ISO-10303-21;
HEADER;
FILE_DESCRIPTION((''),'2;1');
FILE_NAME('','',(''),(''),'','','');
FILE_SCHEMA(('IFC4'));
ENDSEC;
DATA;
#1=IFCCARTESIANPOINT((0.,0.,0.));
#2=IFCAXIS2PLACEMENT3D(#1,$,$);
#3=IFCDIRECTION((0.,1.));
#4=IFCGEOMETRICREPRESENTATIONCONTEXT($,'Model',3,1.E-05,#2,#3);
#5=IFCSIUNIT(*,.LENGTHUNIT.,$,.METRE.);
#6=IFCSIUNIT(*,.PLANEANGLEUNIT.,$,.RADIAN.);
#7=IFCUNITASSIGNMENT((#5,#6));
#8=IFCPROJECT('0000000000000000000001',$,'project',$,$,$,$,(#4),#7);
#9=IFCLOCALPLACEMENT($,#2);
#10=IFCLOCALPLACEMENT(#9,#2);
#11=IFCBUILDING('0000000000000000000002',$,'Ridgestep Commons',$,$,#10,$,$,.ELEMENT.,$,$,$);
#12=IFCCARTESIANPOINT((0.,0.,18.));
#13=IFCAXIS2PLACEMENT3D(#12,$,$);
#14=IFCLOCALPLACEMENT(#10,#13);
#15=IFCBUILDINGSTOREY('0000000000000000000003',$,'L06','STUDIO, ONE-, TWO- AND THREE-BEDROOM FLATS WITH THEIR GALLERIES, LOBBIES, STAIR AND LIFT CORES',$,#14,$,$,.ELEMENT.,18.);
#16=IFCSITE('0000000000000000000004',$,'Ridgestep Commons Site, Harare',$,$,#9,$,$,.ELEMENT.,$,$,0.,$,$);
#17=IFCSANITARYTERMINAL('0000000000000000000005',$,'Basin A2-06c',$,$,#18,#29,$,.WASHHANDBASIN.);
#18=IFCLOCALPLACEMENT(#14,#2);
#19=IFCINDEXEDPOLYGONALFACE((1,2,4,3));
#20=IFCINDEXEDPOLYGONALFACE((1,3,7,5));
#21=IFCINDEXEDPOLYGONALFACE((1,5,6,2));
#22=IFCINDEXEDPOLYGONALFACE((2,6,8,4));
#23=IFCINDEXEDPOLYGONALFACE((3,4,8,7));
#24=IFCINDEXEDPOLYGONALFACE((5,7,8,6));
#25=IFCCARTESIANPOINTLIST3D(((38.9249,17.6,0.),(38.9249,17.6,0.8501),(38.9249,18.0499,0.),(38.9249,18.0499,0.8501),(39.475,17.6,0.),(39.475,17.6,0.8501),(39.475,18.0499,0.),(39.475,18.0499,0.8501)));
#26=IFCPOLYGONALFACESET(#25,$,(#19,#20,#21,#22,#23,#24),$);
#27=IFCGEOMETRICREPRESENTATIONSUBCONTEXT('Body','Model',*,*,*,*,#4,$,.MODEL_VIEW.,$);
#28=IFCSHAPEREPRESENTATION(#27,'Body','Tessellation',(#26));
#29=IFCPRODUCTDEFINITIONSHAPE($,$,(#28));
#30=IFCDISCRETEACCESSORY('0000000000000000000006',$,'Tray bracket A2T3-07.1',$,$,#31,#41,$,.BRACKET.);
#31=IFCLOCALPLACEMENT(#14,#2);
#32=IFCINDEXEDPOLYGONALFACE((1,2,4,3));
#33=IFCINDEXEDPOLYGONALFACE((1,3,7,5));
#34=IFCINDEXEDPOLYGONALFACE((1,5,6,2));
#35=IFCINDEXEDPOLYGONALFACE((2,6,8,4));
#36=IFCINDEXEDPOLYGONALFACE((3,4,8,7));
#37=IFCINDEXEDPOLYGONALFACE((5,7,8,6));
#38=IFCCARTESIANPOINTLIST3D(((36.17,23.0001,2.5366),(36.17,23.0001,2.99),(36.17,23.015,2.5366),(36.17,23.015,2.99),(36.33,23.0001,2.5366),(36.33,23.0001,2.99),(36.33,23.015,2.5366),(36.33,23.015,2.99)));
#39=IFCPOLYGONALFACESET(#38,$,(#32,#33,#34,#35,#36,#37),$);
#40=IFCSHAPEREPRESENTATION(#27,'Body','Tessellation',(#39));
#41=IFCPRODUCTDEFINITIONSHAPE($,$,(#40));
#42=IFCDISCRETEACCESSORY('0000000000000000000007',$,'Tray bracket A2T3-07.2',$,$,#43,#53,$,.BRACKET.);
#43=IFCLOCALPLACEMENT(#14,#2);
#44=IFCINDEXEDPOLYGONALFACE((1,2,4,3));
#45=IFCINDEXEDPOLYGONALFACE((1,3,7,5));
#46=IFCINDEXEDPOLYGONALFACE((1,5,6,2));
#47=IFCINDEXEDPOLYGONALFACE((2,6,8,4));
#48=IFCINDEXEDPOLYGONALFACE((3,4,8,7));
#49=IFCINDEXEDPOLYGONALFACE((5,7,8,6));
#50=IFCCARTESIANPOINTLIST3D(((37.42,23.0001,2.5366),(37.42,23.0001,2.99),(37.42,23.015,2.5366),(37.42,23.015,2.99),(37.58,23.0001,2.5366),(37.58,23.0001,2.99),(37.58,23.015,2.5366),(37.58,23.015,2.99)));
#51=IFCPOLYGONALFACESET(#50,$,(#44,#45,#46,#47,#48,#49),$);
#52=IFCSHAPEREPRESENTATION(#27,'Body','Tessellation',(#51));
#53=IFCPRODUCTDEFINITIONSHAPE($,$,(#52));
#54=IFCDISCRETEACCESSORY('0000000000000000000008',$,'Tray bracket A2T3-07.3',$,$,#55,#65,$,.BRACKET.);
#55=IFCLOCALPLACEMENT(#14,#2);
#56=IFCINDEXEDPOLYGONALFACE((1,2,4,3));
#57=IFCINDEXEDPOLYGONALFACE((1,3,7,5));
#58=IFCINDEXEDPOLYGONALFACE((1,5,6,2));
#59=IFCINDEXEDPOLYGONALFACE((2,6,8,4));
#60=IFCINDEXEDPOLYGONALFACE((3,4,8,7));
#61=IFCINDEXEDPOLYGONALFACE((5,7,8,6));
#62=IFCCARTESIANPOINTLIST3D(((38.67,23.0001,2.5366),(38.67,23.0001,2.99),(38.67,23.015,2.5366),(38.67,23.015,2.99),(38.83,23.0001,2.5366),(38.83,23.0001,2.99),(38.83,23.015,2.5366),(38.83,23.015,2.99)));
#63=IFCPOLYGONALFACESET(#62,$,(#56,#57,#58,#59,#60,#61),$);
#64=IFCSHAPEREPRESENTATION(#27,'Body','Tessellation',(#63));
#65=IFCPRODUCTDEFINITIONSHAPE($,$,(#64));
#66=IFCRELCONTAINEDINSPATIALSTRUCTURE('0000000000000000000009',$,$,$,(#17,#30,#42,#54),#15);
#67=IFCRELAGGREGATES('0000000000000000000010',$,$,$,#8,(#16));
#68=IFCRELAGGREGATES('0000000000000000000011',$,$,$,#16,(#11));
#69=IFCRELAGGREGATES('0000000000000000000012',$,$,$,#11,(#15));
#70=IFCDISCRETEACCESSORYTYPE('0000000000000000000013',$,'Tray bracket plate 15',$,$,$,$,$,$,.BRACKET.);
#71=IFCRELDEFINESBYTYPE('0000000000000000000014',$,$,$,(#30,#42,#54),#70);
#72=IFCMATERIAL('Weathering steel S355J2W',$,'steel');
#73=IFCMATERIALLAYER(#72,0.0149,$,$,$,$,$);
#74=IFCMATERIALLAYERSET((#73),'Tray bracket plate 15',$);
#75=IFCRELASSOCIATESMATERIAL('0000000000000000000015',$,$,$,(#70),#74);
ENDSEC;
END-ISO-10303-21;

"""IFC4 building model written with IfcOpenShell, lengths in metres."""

from ifc_helpers import new_model, si_unit, direction, frame, origin, origin_2d, place, context, subcontext, project, spatial, rectangle, extrude, material, layer, layer_set, type_object, element, save


model = new_model("IFC4")

# Units and contexts
model_context = context("Model", 3, precision=1e-05, world=origin(), true_north=direction((0.0, 1.0)))
body_context = subcontext(model_context, "Body", "Model", "MODEL_VIEW")
ifc_project = project(units=[si_unit("LENGTHUNIT", "METRE"), si_unit("PLANEANGLEUNIT", "RADIAN")], contexts=[model_context])

# Site, building, storey
site_placement = place(None, origin())
site = spatial("IfcSite", under=ifc_project, at=site_placement, Name="Ridgestep Commons Site, Harare", CompositionType="ELEMENT", RefElevation=0.0)
building_placement = place(site_placement, origin())
building = spatial("IfcBuilding", under=site, at=building_placement, Name="Ridgestep Commons", CompositionType="ELEMENT")
storey_placement = place(building_placement, frame((0.0, 0.0, 18.0)))
storey = spatial("IfcBuildingStorey", under=building, at=storey_placement, Name="L06", Description="STUDIO, ONE-, TWO- AND THREE-BEDROOM FLATS WITH THEIR GALLERIES, LOBBIES, STAIR AND LIFT CORES", CompositionType="ELEMENT", Elevation=18.0)

# Sanitary terminal
sanitary_terminal_1_placement = place(storey_placement, frame((39.2, 17.825, 0.0), z_axis=(0.0, 0.0, 1.0), x_axis=(1.0, 0.0, 0.0)))
element("IfcSanitaryTerminal", 1, at=sanitary_terminal_1_placement, inside=storey, Name="Basin A2-06c", PredefinedType="WASHHANDBASIN", context=body_context, shape_type="SweptSolid", body=[
    extrude(rectangle(XDim=0.55, YDim=0.45, at=origin_2d()), origin(), (0.0, 0.0, 1.0), 0.8501),
])

# Discrete accessories
ifc_material_1 = material(Name="Weathering steel S355J2W", Category="steel")
ifc_layer_1 = layer(ifc_material_1, 0.0149)
ifc_layer_set_1 = layer_set([ifc_layer_1], Name="Tray bracket plate 15")
discrete_accessory_type = type_object("IfcDiscreteAccessoryType", Name="Tray bracket plate 15", PredefinedType="BRACKET", material=ifc_layer_set_1)
for number, where, z_axis, x_axis, name in (
    (2, (36.25, 23.0076, 2.5366), (0.0, 0.0, 1.0), (1.0, 0.0, 0.0), "Tray bracket A2T3-07.1"),
    (3, (37.5, 23.0076, 2.5366), (0.0, 0.0, 1.0), (1.0, 0.0, 0.0), "Tray bracket A2T3-07.2"),
    (4, (38.75, 23.0076, 2.5366), (0.0, 0.0, 1.0), (1.0, 0.0, 0.0), "Tray bracket A2T3-07.3"),
):
    element("IfcDiscreteAccessory", number, at=place(storey_placement, frame(where, z_axis=z_axis, x_axis=x_axis)), inside=storey, type_object=discrete_accessory_type, Name=name, PredefinedType="BRACKET", context=body_context, shape_type="SweptSolid", body=[
        extrude(rectangle(XDim=0.1599, YDim=0.0149, at=origin_2d()), origin(), (0.0, 0.0, 1.0), 0.4534),
    ])

save(model, "model.ifc")
